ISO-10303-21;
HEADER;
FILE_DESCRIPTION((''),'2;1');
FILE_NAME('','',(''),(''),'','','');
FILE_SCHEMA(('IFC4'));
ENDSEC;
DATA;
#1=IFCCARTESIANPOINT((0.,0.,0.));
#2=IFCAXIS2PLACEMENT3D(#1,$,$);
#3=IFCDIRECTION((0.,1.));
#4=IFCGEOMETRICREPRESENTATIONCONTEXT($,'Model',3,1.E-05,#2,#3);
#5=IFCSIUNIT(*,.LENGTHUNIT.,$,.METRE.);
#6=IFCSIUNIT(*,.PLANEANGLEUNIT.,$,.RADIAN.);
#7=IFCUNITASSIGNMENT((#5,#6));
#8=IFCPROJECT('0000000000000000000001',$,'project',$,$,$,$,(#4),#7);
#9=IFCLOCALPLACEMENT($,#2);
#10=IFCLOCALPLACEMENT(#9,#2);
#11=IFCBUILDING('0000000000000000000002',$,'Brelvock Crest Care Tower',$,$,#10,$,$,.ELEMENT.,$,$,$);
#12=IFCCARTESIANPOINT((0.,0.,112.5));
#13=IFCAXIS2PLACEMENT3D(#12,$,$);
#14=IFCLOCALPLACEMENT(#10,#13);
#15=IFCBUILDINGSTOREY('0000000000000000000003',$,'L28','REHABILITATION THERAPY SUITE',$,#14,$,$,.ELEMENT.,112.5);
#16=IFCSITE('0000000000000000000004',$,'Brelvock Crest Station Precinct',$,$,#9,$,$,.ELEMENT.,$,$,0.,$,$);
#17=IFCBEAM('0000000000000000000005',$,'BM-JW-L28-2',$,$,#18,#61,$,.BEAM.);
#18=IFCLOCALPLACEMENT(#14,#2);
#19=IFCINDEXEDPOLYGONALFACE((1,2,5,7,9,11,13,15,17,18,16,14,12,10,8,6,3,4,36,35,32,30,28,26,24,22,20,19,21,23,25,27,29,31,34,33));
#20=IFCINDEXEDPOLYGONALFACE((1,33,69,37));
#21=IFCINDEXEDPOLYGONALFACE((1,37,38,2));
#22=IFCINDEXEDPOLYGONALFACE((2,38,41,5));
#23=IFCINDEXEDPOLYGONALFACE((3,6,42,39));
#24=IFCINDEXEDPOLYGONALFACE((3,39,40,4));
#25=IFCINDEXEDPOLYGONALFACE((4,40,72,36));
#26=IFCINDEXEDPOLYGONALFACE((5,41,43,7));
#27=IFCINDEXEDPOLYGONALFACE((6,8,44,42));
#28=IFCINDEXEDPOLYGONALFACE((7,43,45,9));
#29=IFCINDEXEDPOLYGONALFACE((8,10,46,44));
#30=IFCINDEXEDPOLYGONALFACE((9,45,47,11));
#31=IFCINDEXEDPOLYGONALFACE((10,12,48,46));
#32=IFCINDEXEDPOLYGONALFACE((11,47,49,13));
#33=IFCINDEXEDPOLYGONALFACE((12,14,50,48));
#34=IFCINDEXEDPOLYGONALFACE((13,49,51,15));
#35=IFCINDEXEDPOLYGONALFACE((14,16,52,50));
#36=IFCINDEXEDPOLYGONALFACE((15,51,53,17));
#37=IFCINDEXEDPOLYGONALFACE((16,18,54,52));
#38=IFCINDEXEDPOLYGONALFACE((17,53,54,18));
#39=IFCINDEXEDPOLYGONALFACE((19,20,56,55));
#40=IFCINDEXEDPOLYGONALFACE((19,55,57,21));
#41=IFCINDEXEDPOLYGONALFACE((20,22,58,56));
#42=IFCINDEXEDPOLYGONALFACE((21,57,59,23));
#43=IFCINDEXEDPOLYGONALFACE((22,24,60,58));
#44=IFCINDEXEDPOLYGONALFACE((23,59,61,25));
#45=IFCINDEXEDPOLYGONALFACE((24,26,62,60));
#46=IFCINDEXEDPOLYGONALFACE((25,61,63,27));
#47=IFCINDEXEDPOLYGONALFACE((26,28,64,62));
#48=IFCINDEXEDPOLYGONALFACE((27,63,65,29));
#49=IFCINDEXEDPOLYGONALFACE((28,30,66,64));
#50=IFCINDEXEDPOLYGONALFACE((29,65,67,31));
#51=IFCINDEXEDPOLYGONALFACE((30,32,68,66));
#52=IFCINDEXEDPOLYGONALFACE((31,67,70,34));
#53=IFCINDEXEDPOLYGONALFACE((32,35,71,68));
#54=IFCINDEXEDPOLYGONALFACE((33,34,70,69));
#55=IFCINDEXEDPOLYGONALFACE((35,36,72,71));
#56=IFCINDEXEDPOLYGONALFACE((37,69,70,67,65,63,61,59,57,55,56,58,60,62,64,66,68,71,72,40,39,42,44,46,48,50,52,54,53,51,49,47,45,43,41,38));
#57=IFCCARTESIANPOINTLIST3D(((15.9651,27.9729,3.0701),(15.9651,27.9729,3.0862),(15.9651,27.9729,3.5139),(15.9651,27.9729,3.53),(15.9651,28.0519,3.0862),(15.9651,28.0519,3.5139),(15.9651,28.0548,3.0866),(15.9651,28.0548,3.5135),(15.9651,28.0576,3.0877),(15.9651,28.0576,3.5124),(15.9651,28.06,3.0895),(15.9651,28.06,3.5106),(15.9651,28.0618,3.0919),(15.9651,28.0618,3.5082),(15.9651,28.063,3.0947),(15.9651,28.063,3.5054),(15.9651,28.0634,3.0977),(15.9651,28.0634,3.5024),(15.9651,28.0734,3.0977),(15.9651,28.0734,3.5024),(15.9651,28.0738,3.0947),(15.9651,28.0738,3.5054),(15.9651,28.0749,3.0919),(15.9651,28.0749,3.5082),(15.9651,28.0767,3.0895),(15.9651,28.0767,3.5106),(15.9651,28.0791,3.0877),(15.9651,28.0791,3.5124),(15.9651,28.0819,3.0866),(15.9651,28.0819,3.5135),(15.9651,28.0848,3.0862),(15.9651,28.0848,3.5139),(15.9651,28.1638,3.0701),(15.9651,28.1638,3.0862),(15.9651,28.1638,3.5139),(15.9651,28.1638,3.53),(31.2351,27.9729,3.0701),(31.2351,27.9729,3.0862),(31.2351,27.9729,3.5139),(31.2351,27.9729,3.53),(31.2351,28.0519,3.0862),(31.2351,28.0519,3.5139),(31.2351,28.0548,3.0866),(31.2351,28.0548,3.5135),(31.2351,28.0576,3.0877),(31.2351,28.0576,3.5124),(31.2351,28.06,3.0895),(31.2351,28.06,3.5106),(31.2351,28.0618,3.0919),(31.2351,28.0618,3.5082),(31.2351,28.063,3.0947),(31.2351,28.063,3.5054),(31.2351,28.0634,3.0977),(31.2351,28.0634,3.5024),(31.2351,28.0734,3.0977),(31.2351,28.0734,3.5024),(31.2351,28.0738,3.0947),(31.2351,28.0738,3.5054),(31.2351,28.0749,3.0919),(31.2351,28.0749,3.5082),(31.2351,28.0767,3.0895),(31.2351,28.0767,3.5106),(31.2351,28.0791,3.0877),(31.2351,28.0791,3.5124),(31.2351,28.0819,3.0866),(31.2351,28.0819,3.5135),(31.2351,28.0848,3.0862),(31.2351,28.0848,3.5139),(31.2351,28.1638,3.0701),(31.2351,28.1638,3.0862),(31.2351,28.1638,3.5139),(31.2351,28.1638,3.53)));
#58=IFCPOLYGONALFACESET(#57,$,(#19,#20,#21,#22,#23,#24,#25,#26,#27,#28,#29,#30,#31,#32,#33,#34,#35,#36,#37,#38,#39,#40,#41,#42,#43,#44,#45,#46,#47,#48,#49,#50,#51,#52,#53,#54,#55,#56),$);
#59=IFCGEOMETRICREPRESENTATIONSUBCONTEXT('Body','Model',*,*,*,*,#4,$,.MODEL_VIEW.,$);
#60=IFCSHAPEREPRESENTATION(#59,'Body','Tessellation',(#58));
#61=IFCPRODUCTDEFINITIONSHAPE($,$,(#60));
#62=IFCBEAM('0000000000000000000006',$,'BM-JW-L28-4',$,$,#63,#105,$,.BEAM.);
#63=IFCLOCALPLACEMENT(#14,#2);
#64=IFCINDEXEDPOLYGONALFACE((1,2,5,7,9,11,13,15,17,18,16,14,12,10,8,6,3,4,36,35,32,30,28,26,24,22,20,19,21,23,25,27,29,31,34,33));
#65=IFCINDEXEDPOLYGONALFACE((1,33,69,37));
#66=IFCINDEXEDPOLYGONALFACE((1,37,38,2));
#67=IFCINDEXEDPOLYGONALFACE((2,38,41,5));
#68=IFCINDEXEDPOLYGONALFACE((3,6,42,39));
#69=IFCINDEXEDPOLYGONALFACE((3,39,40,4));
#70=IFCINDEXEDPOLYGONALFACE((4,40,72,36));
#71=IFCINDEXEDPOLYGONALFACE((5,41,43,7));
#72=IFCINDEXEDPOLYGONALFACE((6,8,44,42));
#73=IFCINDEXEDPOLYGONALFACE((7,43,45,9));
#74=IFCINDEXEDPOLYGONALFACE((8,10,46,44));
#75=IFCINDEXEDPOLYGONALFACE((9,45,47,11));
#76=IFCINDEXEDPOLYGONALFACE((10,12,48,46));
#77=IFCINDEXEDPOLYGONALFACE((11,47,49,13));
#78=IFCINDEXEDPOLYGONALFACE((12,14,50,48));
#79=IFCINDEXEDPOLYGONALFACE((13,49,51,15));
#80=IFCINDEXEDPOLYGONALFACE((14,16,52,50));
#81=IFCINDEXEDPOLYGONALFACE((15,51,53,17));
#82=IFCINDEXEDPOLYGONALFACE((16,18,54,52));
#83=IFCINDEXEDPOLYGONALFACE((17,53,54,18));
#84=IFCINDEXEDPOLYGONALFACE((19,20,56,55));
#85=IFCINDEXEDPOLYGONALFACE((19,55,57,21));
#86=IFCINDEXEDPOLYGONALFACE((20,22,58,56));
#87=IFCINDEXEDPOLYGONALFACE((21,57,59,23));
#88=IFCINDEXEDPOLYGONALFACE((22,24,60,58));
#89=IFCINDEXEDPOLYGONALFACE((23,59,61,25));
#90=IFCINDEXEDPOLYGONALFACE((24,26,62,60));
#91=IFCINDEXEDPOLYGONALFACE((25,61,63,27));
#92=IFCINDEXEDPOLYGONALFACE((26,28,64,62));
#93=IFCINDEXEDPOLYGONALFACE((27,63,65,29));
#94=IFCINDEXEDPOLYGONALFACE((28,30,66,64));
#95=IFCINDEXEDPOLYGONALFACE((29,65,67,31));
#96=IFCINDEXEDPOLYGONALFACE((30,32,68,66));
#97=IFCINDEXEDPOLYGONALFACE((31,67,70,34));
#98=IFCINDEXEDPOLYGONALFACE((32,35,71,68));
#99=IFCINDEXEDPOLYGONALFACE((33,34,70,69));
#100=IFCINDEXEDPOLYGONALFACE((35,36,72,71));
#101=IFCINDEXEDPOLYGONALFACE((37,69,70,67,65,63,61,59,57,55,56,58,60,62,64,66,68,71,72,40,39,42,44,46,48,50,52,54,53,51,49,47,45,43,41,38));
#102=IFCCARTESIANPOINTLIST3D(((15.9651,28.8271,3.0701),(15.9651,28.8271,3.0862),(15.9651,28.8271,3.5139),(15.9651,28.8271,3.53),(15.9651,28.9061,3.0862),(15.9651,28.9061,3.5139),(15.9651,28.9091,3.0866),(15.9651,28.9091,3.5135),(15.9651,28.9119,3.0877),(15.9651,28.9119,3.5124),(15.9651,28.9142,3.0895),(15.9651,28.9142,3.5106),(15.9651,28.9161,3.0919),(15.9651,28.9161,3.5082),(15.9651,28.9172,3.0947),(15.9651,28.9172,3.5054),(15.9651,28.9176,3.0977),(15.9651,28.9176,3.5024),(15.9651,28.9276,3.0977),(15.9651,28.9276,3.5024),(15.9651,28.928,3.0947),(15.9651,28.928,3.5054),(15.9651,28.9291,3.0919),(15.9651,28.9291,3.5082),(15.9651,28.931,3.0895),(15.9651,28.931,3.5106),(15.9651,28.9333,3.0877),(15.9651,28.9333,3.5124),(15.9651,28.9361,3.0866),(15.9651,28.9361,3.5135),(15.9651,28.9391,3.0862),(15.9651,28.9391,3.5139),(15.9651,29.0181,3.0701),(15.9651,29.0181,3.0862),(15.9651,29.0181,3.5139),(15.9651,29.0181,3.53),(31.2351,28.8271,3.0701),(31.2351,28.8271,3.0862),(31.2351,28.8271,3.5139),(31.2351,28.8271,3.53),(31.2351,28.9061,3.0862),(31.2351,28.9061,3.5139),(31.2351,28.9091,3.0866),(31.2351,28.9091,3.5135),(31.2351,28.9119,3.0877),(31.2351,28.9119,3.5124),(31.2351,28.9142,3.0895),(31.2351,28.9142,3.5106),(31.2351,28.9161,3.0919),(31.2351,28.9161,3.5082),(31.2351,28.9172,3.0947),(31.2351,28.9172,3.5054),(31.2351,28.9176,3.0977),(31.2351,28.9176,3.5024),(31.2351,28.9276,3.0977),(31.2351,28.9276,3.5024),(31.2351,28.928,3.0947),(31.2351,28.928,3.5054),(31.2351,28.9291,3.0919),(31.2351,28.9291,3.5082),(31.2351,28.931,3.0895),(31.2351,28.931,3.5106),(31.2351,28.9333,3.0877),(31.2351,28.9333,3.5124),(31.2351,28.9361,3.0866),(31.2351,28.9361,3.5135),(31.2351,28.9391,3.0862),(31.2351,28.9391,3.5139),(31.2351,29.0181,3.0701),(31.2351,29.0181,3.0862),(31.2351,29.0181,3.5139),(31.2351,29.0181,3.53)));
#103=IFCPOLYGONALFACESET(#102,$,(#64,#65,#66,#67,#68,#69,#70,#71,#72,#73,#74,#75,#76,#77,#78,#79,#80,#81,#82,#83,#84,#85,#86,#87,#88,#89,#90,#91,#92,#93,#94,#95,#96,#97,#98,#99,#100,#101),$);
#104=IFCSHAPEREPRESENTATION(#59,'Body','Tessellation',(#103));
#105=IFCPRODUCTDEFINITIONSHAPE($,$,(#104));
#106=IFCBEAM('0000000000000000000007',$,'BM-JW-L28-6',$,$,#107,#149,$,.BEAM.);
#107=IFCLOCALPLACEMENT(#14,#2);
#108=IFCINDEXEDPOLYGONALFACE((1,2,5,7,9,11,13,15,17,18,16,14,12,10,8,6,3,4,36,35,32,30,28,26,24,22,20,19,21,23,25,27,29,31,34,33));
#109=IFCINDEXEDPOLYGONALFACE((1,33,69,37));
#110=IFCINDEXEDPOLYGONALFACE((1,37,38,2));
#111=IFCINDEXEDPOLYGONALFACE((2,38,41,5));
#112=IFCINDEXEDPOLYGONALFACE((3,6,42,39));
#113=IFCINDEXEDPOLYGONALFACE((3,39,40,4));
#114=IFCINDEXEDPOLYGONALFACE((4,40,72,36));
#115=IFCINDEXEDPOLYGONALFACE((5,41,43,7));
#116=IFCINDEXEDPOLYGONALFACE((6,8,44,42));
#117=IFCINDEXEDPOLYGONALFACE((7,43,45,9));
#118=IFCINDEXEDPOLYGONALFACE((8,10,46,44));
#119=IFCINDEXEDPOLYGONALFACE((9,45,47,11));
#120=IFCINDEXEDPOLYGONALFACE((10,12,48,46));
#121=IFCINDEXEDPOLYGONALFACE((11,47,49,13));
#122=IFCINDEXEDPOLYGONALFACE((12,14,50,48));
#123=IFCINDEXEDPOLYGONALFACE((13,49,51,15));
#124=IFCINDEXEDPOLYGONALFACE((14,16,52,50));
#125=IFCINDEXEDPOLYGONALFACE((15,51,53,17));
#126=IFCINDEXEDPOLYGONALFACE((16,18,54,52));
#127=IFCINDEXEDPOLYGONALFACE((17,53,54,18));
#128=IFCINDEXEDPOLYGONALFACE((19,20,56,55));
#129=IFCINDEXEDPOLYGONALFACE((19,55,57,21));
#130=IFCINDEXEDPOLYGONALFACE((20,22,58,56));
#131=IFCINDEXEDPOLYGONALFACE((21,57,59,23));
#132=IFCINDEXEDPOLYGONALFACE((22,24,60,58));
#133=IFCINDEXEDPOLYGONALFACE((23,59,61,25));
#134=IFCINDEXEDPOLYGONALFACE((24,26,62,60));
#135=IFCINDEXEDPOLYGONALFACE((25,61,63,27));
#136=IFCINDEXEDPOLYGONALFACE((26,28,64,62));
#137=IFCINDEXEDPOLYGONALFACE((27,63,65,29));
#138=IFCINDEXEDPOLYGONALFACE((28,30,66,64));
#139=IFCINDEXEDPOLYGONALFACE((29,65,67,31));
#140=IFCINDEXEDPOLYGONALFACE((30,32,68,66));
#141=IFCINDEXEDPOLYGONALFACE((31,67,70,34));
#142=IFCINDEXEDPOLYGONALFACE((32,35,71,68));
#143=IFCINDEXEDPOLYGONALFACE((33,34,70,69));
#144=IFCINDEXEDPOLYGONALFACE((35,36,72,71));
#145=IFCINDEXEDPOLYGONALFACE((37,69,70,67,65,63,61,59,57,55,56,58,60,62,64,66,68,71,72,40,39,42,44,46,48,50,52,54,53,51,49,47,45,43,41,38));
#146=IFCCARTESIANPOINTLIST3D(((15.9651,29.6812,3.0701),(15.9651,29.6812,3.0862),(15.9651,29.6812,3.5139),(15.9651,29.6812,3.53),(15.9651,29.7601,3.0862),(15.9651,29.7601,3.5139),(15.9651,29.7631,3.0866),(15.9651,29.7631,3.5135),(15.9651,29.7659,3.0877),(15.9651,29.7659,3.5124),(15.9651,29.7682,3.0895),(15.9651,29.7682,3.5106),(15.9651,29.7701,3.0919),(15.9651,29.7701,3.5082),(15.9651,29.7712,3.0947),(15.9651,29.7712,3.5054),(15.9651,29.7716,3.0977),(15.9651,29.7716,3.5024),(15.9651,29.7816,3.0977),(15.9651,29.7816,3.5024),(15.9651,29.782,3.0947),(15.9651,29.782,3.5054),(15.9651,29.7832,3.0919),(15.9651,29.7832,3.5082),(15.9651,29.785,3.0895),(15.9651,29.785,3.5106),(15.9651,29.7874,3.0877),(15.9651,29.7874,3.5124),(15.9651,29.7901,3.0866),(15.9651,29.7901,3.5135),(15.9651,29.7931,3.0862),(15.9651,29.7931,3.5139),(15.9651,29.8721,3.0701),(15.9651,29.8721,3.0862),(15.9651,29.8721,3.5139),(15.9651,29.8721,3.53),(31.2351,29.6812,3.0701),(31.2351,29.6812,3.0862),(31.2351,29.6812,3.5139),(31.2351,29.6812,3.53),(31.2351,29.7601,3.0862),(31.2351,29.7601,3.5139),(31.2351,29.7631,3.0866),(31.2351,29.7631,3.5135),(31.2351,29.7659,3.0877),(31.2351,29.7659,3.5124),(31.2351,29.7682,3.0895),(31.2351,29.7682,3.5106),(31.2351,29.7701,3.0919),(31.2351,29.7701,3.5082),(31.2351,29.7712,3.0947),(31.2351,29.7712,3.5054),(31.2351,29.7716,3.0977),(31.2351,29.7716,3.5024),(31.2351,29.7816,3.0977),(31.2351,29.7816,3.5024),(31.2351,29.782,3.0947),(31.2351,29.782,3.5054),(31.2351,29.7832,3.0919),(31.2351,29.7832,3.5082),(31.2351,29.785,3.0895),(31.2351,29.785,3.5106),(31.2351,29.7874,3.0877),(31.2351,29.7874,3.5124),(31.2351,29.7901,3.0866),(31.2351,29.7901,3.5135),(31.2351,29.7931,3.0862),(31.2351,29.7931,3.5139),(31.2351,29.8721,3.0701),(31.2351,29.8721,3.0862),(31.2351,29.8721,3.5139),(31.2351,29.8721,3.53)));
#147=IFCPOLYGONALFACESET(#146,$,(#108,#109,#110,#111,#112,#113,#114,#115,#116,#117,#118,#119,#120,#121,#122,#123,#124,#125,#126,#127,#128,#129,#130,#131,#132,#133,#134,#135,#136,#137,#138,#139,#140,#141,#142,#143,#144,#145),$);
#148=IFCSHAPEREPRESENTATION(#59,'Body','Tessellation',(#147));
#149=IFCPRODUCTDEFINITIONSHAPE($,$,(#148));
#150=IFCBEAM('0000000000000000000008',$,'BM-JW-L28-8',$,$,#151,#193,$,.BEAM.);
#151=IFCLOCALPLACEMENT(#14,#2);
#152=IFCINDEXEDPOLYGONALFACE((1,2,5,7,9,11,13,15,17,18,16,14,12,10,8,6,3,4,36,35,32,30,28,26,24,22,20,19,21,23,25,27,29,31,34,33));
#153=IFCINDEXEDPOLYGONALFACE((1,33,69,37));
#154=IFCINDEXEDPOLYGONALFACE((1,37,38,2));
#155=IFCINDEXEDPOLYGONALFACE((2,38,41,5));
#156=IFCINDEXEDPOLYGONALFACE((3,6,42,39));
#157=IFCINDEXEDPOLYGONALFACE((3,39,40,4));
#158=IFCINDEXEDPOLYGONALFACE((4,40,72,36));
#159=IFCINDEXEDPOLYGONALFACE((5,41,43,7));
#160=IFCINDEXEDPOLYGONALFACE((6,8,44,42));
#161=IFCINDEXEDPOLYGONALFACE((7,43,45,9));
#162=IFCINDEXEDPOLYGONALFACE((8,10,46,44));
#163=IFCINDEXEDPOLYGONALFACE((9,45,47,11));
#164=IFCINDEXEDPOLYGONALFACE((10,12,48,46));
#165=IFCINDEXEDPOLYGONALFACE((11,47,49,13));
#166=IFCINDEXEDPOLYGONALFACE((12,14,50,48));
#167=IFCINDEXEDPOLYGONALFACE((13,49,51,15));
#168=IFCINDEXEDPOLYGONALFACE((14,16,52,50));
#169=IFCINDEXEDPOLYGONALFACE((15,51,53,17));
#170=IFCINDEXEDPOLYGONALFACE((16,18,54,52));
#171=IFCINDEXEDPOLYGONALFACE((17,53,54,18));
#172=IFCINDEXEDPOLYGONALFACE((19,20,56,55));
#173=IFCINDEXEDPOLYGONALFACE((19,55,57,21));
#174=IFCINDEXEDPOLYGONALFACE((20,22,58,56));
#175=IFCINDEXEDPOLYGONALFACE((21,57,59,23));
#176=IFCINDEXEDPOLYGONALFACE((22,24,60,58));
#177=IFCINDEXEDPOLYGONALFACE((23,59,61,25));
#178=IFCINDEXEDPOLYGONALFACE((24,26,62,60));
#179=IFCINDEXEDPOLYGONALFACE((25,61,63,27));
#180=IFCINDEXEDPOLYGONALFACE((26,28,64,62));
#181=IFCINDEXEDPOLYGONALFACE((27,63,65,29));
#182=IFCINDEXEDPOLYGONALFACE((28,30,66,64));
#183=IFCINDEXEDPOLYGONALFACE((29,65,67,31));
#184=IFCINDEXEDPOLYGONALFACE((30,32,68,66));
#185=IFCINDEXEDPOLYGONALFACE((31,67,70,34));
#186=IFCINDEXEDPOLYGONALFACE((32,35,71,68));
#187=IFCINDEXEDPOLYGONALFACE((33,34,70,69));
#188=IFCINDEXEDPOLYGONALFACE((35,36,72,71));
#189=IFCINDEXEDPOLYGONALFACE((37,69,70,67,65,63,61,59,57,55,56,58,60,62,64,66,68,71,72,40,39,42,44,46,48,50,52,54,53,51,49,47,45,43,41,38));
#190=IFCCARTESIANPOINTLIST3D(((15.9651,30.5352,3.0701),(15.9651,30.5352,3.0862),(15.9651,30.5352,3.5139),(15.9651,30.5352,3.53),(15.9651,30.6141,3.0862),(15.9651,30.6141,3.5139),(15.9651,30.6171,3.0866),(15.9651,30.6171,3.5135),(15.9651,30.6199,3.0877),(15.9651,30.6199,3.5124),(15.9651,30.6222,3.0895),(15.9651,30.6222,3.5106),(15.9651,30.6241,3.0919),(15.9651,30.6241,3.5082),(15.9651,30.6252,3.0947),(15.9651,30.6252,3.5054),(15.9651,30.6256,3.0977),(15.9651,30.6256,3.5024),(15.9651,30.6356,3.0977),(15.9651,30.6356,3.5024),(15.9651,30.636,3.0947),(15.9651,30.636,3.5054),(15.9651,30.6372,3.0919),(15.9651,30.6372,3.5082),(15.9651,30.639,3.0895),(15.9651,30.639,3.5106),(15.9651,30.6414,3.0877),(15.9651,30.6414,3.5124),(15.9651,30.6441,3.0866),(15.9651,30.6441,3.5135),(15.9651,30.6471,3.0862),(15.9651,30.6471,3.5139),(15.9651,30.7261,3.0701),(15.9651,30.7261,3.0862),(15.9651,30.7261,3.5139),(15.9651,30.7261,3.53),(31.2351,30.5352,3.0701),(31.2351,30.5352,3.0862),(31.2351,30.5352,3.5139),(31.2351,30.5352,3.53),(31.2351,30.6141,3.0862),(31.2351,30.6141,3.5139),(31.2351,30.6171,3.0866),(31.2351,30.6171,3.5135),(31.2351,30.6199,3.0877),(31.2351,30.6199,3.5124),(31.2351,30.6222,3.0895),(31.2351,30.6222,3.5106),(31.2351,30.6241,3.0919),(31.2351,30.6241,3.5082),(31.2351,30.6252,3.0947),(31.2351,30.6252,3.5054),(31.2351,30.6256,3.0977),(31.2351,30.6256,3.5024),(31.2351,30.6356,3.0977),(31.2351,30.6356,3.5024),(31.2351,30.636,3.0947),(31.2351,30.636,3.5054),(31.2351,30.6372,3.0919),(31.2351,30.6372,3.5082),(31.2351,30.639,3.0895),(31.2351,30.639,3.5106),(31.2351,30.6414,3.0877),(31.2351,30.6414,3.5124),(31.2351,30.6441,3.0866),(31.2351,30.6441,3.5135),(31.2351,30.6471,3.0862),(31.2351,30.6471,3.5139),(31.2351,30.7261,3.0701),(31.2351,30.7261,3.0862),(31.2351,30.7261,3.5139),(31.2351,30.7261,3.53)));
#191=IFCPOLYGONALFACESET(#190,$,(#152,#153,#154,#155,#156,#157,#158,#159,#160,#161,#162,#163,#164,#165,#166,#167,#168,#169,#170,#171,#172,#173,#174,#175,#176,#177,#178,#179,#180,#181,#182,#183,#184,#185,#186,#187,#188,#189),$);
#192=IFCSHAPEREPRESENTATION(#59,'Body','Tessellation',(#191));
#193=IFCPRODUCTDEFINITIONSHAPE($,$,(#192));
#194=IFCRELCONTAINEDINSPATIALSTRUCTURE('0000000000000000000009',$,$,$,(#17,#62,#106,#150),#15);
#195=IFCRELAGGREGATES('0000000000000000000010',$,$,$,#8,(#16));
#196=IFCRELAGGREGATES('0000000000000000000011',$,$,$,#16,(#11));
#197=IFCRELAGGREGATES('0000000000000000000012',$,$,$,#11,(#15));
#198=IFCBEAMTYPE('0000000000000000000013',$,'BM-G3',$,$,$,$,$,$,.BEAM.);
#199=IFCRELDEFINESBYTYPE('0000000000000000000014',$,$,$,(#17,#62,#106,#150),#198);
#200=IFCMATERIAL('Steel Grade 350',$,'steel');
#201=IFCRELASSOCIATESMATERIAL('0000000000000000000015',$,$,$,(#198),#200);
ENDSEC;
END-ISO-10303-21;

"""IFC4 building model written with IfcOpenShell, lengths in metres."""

from ifc_helpers import new_model, si_unit, direction, frame, origin, origin_2d, place, context, subcontext, project, spatial, i_section, extrude, source, transform, mapped, material, material_profile, profile_set, type_object, element, save


model = new_model("IFC4")

# Units and contexts
model_context = context("Model", 3, precision=1e-05, world=origin(), true_north=direction((0.0, 1.0)))
body_context = subcontext(model_context, "Body", "Model", "MODEL_VIEW")
ifc_project = project(units=[si_unit("LENGTHUNIT", "METRE"), si_unit("PLANEANGLEUNIT", "RADIAN")], contexts=[model_context])

# Site, building, storey
site_placement = place(None, origin())
site = spatial("IfcSite", under=ifc_project, at=site_placement, Name="Brelvock Crest Station Precinct", CompositionType="ELEMENT", RefElevation=0.0)
building_placement = place(site_placement, origin())
building = spatial("IfcBuilding", under=site, at=building_placement, Name="Brelvock Crest Care Tower", CompositionType="ELEMENT")
storey_placement = place(building_placement, frame((0.0, 0.0, 112.5)))
storey = spatial("IfcBuildingStorey", under=building, at=storey_placement, Name="L28", Description="REHABILITATION THERAPY SUITE", CompositionType="ELEMENT", Elevation=112.5)

# Shared definitions
ifc_material_1 = material(Name="Steel Grade 350", Category="steel")

# Beams
ifc_material_profile_1 = material_profile(ifc_material_1, i_section(OverallWidth=0.1909, OverallDepth=0.46, WebThickness=0.01, FlangeThickness=0.0161, FilletRadius=0.0115, at=origin_2d()), Name="460UB82.1")
ifc_profile_set_1 = profile_set([ifc_material_profile_1], Name="Steel Grade 350")
beam_type_1 = type_object("IfcBeamType", Name="BM-G3", PredefinedType="BEAM", material=ifc_profile_set_1)
shared_shape_1 = source(origin(), body_context, "Body", "SweptSolid", [
    extrude(i_section(OverallWidth=0.1909, OverallDepth=0.46, WebThickness=0.01, FlangeThickness=0.0161, FilletRadius=0.0115, at=origin_2d()), origin(), (0.0, 0.0, 1.0), 15.27),
])
for number, where, z_axis, x_axis, name in (
    (1, (15.9651, 28.0684, 3.3), (1.0, 0.0, 0.0), (0.0, 1.0, 0.0), "BM-JW-L28-2"),
    (2, (15.9651, 28.9226, 3.3), (1.0, 0.0, 0.0), (0.0, 1.0, 0.0), "BM-JW-L28-4"),
    (3, (15.9651, 29.7766, 3.3), (1.0, 0.0, 0.0), (0.0, 1.0, 0.0), "BM-JW-L28-6"),
    (4, (15.9651, 30.6306, 3.3), (1.0, 0.0, 0.0), (0.0, 1.0, 0.0), "BM-JW-L28-8"),
):
    element("IfcBeam", number, at=place(storey_placement, frame(where, z_axis=z_axis, x_axis=x_axis)), inside=storey, type_object=beam_type_1, Name=name, PredefinedType="BEAM", context=body_context, shape_type="MappedRepresentation", body=[
        mapped(shared_shape_1, transform((0.0, 0.0, 0.0), x_axis=(1.0, 0.0, 0.0), y_axis=(0.0, 1.0, 0.0), z_axis=(0.0, 0.0, 1.0), scale=1.0)),
    ])

save(model, "model.ifc")
